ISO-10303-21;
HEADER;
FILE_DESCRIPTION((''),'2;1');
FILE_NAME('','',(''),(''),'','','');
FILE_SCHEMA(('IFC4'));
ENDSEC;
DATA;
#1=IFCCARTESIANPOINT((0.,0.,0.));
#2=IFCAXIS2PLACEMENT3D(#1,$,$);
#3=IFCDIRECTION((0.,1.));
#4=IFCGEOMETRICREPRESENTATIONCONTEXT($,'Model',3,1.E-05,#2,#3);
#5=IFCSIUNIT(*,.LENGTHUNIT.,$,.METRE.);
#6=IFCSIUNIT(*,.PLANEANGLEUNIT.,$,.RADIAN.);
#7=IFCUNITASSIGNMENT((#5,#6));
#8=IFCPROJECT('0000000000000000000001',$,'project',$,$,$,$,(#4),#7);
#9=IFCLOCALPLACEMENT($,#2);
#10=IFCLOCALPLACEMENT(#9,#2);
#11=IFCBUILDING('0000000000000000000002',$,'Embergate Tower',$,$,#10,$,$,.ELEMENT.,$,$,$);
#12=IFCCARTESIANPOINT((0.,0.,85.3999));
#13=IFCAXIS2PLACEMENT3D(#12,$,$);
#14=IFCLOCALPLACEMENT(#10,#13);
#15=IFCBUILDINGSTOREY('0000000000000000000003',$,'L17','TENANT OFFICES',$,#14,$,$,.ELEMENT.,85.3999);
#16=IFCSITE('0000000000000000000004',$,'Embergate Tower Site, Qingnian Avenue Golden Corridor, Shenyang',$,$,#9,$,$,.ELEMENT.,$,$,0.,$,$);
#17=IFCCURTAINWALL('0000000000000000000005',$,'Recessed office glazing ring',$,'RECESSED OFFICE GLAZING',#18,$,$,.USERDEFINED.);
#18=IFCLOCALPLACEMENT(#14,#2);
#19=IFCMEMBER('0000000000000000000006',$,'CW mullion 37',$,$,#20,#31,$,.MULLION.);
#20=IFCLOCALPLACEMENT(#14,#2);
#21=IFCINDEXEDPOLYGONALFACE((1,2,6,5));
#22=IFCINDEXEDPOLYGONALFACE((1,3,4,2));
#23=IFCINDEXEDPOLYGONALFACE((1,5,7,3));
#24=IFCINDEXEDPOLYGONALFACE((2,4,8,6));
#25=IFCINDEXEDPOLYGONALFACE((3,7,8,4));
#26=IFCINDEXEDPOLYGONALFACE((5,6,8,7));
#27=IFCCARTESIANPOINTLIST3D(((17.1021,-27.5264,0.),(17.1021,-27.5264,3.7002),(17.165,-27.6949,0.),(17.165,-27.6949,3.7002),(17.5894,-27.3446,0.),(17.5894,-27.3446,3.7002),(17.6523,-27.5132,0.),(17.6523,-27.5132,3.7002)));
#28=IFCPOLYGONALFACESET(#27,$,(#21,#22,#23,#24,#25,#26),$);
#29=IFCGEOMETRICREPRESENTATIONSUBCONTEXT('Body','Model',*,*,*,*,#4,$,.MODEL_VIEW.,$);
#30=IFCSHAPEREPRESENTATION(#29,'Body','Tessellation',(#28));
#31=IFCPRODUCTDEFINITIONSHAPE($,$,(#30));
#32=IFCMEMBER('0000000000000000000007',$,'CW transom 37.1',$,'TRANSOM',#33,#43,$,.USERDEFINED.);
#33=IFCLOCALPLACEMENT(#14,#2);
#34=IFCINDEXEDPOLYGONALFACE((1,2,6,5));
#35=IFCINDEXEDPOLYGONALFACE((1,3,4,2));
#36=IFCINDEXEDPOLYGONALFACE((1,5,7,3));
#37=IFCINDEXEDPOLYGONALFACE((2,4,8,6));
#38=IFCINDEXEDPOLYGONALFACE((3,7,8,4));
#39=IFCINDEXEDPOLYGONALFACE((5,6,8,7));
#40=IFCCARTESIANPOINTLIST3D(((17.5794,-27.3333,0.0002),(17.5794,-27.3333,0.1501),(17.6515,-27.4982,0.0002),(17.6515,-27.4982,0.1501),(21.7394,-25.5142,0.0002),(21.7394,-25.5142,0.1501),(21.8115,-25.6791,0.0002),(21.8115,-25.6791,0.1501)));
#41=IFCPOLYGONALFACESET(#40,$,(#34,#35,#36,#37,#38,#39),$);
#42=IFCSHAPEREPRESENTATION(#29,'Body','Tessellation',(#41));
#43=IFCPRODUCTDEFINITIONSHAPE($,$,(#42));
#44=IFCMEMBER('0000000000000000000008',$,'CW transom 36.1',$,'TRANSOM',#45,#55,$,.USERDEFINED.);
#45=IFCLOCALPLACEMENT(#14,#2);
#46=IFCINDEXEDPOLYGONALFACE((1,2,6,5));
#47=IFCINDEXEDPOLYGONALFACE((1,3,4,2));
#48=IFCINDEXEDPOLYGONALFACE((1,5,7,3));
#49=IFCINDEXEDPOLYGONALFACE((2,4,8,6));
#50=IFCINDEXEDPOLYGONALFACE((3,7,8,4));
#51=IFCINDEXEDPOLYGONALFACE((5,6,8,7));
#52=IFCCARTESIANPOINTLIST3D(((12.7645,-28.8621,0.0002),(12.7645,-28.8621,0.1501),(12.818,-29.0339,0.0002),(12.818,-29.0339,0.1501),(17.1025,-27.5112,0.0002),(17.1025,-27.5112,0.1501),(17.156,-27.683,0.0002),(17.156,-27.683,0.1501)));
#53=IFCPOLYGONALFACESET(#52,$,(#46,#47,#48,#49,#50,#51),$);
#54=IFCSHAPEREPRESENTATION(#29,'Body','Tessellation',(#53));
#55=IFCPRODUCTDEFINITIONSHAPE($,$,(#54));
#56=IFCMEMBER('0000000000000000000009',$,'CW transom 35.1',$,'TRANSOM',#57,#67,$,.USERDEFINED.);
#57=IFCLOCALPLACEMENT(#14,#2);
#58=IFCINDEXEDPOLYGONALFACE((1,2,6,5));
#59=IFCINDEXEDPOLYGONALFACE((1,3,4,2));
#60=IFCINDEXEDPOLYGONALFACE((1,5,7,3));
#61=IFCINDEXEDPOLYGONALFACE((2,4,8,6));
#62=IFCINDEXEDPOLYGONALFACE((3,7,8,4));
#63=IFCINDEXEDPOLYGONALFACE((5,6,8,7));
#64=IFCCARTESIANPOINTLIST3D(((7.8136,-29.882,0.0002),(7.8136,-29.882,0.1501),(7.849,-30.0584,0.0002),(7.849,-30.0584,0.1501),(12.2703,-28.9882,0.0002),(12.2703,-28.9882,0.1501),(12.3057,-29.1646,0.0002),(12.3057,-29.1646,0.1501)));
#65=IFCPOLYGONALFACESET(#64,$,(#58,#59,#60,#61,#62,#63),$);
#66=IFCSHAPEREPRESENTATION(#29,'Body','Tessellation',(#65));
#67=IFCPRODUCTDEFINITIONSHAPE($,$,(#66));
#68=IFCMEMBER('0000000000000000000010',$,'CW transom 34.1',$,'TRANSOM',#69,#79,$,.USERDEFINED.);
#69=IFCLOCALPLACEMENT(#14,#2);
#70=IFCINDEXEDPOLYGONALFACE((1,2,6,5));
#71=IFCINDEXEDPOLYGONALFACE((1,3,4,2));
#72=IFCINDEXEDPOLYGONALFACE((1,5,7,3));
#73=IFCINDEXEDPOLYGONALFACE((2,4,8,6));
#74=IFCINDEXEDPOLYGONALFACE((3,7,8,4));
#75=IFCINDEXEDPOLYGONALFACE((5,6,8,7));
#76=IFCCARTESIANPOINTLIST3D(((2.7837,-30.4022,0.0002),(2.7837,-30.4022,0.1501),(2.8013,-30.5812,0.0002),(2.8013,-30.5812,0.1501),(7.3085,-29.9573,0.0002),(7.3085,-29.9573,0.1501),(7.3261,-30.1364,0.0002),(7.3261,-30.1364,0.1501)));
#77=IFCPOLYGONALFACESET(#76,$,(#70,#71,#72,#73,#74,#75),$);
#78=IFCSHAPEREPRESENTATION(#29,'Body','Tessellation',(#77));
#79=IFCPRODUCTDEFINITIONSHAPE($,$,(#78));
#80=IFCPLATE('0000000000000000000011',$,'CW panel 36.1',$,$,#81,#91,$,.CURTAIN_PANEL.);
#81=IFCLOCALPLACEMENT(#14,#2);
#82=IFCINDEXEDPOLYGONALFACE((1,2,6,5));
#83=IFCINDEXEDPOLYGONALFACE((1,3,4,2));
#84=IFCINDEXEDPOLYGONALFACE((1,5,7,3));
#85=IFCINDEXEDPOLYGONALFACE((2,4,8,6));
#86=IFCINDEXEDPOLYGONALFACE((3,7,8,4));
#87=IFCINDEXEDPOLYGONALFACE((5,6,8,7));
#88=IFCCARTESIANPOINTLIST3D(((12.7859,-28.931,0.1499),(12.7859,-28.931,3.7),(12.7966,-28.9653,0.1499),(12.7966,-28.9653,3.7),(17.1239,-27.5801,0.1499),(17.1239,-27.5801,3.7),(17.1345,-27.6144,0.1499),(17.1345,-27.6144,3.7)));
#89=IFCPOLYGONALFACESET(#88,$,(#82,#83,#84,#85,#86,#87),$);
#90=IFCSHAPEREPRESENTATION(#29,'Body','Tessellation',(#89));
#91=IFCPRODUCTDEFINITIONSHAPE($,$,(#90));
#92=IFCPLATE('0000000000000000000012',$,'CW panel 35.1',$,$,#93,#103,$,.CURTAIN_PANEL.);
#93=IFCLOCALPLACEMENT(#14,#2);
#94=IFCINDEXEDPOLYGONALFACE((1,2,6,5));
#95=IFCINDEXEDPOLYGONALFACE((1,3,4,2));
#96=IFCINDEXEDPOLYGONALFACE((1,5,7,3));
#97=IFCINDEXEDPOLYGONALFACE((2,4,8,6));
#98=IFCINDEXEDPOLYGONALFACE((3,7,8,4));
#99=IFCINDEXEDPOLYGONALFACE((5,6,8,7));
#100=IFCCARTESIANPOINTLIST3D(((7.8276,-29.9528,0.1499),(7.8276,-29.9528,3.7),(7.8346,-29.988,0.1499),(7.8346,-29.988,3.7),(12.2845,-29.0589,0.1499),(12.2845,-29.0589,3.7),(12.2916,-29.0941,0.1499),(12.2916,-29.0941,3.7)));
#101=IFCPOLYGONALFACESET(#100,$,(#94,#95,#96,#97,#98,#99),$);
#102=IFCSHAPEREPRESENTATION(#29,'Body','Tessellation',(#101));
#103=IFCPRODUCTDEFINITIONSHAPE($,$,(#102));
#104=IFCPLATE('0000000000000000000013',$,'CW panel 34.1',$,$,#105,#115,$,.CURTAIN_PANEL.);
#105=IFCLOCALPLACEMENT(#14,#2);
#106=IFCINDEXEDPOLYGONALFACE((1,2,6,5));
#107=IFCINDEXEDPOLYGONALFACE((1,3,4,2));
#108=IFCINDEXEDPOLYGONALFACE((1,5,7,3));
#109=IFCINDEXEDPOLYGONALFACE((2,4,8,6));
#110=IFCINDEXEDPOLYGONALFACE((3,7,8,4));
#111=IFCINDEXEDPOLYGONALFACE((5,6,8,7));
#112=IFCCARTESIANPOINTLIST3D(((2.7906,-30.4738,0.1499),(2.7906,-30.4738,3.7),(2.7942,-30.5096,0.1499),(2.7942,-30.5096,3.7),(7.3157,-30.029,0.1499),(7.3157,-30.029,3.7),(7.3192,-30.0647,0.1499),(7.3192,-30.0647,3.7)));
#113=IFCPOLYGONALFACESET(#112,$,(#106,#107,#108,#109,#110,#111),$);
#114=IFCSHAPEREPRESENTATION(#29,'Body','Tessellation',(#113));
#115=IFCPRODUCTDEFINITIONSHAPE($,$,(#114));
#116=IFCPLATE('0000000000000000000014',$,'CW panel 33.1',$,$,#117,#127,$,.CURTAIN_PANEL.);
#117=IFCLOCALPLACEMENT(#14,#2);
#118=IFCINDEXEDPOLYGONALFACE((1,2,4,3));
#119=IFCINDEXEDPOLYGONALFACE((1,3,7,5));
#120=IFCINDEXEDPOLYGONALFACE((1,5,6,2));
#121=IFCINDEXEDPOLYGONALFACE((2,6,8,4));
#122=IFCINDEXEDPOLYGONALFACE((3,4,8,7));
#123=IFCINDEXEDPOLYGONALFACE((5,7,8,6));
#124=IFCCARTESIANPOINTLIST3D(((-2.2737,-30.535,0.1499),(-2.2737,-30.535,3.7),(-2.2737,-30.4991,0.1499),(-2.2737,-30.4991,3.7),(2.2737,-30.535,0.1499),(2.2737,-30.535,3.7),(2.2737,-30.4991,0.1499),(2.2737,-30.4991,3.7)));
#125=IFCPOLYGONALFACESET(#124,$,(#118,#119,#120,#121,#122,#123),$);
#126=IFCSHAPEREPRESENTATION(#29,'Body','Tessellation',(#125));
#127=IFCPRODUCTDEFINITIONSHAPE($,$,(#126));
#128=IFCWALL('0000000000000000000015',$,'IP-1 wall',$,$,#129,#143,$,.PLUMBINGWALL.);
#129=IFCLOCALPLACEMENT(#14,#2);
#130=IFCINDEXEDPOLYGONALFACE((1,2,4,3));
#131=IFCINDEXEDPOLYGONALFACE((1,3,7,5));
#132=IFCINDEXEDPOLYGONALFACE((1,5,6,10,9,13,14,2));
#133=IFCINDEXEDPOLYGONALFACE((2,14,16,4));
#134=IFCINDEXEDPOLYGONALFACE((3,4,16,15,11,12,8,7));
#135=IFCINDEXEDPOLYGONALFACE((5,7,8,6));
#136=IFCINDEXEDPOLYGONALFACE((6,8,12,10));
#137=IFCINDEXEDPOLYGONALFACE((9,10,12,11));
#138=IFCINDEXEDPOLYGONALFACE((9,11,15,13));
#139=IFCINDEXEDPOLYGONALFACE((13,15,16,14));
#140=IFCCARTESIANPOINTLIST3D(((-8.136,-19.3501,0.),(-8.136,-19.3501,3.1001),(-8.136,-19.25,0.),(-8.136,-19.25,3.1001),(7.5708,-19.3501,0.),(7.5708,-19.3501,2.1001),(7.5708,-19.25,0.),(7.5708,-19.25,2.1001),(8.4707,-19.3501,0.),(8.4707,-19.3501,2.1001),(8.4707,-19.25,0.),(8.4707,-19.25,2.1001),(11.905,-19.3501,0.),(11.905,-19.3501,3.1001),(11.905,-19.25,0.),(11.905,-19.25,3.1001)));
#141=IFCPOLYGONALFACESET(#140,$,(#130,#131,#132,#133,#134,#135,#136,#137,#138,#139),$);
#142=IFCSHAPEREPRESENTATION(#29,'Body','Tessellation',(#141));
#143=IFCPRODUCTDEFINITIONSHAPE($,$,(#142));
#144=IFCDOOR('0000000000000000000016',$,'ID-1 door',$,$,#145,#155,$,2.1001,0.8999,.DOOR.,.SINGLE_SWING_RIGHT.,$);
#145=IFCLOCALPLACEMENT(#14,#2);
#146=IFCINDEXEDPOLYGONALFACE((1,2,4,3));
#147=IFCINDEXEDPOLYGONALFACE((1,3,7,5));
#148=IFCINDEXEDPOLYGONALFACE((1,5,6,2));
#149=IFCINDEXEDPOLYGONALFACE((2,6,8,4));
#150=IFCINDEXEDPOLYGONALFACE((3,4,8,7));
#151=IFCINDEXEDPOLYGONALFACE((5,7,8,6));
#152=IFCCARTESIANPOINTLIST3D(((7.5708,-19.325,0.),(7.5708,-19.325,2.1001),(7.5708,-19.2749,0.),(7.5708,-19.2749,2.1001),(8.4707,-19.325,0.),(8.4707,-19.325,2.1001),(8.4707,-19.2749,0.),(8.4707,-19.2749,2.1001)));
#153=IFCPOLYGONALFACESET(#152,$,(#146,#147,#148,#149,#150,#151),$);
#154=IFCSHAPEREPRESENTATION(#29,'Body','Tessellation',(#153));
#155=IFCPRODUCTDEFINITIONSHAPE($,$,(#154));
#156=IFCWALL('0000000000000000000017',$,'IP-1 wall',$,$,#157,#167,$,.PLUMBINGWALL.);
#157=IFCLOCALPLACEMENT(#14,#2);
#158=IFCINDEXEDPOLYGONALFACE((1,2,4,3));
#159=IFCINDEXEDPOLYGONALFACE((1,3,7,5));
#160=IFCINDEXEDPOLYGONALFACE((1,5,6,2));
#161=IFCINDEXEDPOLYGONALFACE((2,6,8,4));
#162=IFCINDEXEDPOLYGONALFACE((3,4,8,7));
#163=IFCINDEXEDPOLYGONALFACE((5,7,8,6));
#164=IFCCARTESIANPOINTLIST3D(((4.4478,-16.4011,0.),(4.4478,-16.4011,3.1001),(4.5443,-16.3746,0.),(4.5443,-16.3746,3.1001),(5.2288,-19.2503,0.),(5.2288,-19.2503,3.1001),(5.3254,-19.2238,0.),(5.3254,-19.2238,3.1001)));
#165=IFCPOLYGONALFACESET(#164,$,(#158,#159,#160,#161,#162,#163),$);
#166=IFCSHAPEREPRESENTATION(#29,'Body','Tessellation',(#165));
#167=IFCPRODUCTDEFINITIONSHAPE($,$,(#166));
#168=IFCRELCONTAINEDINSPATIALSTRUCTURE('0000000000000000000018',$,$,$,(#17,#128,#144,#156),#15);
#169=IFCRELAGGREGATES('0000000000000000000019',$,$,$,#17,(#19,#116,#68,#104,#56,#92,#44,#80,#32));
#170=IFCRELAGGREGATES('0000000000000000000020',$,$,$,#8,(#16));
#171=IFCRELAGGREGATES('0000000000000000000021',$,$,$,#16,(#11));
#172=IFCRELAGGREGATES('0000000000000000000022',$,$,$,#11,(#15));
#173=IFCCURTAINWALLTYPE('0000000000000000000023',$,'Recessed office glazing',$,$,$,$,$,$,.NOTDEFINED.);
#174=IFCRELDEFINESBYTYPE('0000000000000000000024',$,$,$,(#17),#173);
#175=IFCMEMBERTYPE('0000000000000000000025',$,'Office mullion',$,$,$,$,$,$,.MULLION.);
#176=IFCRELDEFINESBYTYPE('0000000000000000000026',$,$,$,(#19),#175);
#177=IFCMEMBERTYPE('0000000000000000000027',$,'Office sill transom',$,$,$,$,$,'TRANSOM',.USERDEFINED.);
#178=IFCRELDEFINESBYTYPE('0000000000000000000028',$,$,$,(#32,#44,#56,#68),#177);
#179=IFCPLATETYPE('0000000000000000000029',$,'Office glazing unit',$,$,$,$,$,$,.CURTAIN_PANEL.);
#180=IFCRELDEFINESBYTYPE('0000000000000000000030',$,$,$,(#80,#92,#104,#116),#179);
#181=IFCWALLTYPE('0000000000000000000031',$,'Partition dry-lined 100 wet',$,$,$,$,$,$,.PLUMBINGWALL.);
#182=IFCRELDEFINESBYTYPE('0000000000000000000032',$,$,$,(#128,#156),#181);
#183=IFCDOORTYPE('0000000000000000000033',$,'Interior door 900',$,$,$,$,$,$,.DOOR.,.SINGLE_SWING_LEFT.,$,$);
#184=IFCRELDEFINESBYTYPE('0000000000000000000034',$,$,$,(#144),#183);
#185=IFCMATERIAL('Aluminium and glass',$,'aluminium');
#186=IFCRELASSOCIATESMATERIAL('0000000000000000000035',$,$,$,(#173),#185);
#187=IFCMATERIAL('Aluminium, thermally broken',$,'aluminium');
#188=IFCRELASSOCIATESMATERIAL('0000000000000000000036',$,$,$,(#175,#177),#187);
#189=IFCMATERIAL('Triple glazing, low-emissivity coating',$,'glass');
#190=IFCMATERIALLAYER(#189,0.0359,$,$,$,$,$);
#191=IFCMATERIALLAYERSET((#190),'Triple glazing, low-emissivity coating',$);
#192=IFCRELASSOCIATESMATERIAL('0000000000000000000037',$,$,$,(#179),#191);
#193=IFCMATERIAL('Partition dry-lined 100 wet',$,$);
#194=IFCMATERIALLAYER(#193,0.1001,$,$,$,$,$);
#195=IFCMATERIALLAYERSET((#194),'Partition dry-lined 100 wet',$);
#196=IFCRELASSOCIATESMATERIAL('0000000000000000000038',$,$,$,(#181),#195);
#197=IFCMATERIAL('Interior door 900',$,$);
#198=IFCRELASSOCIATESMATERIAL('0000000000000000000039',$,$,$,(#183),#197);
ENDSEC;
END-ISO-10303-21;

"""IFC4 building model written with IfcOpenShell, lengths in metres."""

from ifc_helpers import new_model, si_unit, direction, frame, frame_2d, origin, origin_2d, place, context, subcontext, project, spatial, rectangle, extrude, source, transform, mapped, material, layer, layer_set, material_profile, profile_set, type_object, element, fill, aggregate, save


model = new_model("IFC4")

# Units and contexts
model_context = context("Model", 3, precision=1e-05, world=origin(), true_north=direction((0.0, 1.0)))
body_context = subcontext(model_context, "Body", "Model", "MODEL_VIEW")
ifc_project = project(units=[si_unit("LENGTHUNIT", "METRE"), si_unit("PLANEANGLEUNIT", "RADIAN")], contexts=[model_context])

# Site, building, storey
site_placement = place(None, origin())
site = spatial("IfcSite", under=ifc_project, at=site_placement, Name="Embergate Tower Site, Qingnian Avenue Golden Corridor, Shenyang", CompositionType="ELEMENT", RefElevation=0.0)
building_placement = place(site_placement, origin())
building = spatial("IfcBuilding", under=site, at=building_placement, Name="Embergate Tower", CompositionType="ELEMENT")
storey_placement = place(building_placement, frame((0.0, 0.0, 85.3999)))
storey = spatial("IfcBuildingStorey", under=building, at=storey_placement, Name="L17", Description="TENANT OFFICES", CompositionType="ELEMENT", Elevation=85.3999)

# Curtain wall, members
ifc_material_1 = material(Name="Aluminium and glass", Category="aluminium")
curtain_wall_type = type_object("IfcCurtainWallType", Name="Recessed office glazing", PredefinedType="NOTDEFINED", material=ifc_material_1)
curtain_wall_placement = place(storey_placement, origin())
curtain_wall = element("IfcCurtainWall", 1, at=curtain_wall_placement, inside=storey, type_object=curtain_wall_type, Name="Recessed office glazing ring", ObjectType="RECESSED OFFICE GLAZING", PredefinedType="USERDEFINED")
ifc_material_2 = material(Name="Aluminium, thermally broken", Category="aluminium")
ifc_material_profile_1 = material_profile(ifc_material_2, rectangle(XDim=0.1799, YDim=0.52, at=origin_2d()), Name="AL 520x180")
ifc_profile_set_1 = profile_set([ifc_material_profile_1], Name="Aluminium, thermally broken")
member_type_1 = type_object("IfcMemberType", Name="Office mullion", PredefinedType="MULLION", material=ifc_profile_set_1)
shared_shape_1 = source(origin(), body_context, "Body", "SweptSolid", [
    extrude(rectangle(XDim=0.1799, YDim=0.52, at=origin_2d()), origin(), (0.0, 0.0, 1.0), 3.7002),
])
member_1_placement = place(storey_placement, frame((17.3772, -27.5198, 0.0), z_axis=(0.0, 0.0, 1.0), x_axis=(-0.349503, 0.936935, 0.0)))
member_1 = element("IfcMember", 2, at=member_1_placement, type_object=member_type_1, Name="CW mullion 37", PredefinedType="MULLION", context=body_context, shape_type="MappedRepresentation", body=[
    mapped(shared_shape_1, transform((0.0, 0.0, 0.0))),
])
ifc_material_profile_2 = material_profile(ifc_material_2, rectangle(XDim=0.1799, YDim=0.1499, at=origin_2d()), Name="AL 150x180")
ifc_profile_set_2 = profile_set([ifc_material_profile_2], Name="Aluminium, thermally broken")
member_type_2 = type_object("IfcMemberType", Name="Office sill transom", ElementType="TRANSOM", PredefinedType="USERDEFINED", material=ifc_profile_set_2)
shared_shape_2 = source(origin(), body_context, "Body", "SweptSolid", [
    extrude(rectangle(XDim=0.1799, YDim=0.1499, at=origin_2d()), origin(), (0.0, 0.0, 1.0), 4.5403),
])
member_2_placement = place(storey_placement, frame((17.6155, -27.4158, 0.0752), z_axis=(0.916228, 0.400658, 0.0), x_axis=(-0.400658, 0.916228, 0.0)))
member_2 = element("IfcMember", 3, at=member_2_placement, type_object=member_type_2, Name="CW transom 37.1", ObjectType="TRANSOM", PredefinedType="USERDEFINED", context=body_context, shape_type="MappedRepresentation", body=[
    mapped(shared_shape_2, transform((0.0, 0.0, 0.0))),
])
shared_shape_3 = source(origin(), body_context, "Body", "SweptSolid", [
    extrude(rectangle(XDim=0.1799, YDim=0.1499, at=origin_2d()), origin(), (0.0, 0.0, 1.0), 4.5435),
])
member_3_placement = place(storey_placement, frame((12.7913, -28.948, 0.0752), z_axis=(0.954778, 0.29732, 0.0), x_axis=(-0.29732, 0.954778, 0.0)))
member_3 = element("IfcMember", 4, at=member_3_placement, type_object=member_type_2, Name="CW transom 36.1", ObjectType="TRANSOM", PredefinedType="USERDEFINED", context=body_context, shape_type="MappedRepresentation", body=[
    mapped(shared_shape_3, transform((0.0, 0.0, 0.0))),
])
shared_shape_4 = source(origin(), body_context, "Body", "SweptSolid", [
    extrude(rectangle(XDim=0.1799, YDim=0.1499, at=origin_2d()), origin(), (0.0, 0.0, 1.0), 4.5454),
])
member_4_placement = place(storey_placement, frame((7.8313, -29.9702, 0.0752), z_axis=(0.980477, 0.196633, 0.0), x_axis=(-0.196633, 0.980477, 0.0)))
member_4 = element("IfcMember", 5, at=member_4_placement, type_object=member_type_2, Name="CW transom 35.1", ObjectType="TRANSOM", PredefinedType="USERDEFINED", context=body_context, shape_type="MappedRepresentation", body=[
    mapped(shared_shape_4, transform((0.0, 0.0, 0.0))),
])
shared_shape_5 = source(origin(), body_context, "Body", "SweptSolid", [
    extrude(rectangle(XDim=0.1799, YDim=0.1499, at=origin_2d()), origin(), (0.0, 0.0, 1.0), 4.5466),
])
member_5_placement = place(storey_placement, frame((2.7925, -30.4917, 0.0752), z_axis=(0.995203, 0.097834, 0.0), x_axis=(-0.097834, 0.995203, 0.0)))
member_5 = element("IfcMember", 6, at=member_5_placement, type_object=member_type_2, Name="CW transom 34.1", ObjectType="TRANSOM", PredefinedType="USERDEFINED", context=body_context, shape_type="MappedRepresentation", body=[
    mapped(shared_shape_5, transform((0.0, 0.0, 0.0))),
])

# Plates
ifc_material_3 = material(Name="Triple glazing, low-emissivity coating", Category="glass")
ifc_layer_1 = layer(ifc_material_3, 0.0359)
ifc_layer_set_1 = layer_set([ifc_layer_1], Name="Triple glazing, low-emissivity coating")
plate_type = type_object("IfcPlateType", Name="Office glazing unit", PredefinedType="CURTAIN_PANEL", material=ifc_layer_set_1)
shared_shape_6 = source(origin(), body_context, "Body", "SweptSolid", [
    extrude(rectangle(XDim=4.5435, YDim=0.0359, at=origin_2d()), origin(), (0.0, 0.0, 1.0), 3.55),
])
plate_1_placement = place(storey_placement, frame((14.9602, -28.2727, 0.1499), z_axis=(0.0, 0.0, 1.0), x_axis=(0.954772, 0.297338, 0.0)))
plate_1 = element("IfcPlate", 7, at=plate_1_placement, type_object=plate_type, Name="CW panel 36.1", PredefinedType="CURTAIN_PANEL", context=body_context, shape_type="MappedRepresentation", body=[
    mapped(shared_shape_6, transform((0.0, 0.0, 0.0))),
])
shared_shape_7 = source(origin(), body_context, "Body", "SweptSolid", [
    extrude(rectangle(XDim=4.5457, YDim=0.0359, at=origin_2d()), origin(), (0.0, 0.0, 1.0), 3.55),
])
plate_2_placement = place(storey_placement, frame((10.0596, -29.5234, 0.1499), z_axis=(0.0, 0.0, 1.0), x_axis=(0.980476, 0.196639, 0.0)))
plate_2 = element("IfcPlate", 8, at=plate_2_placement, type_object=plate_type, Name="CW panel 35.1", PredefinedType="CURTAIN_PANEL", context=body_context, shape_type="MappedRepresentation", body=[
    mapped(shared_shape_7, transform((0.0, 0.0, 0.0))),
])
shared_shape_8 = source(origin(), body_context, "Body", "SweptSolid", [
    extrude(rectangle(XDim=4.5469, YDim=0.0359, at=origin_2d()), origin(), (0.0, 0.0, 1.0), 3.55),
])
plate_3_placement = place(storey_placement, frame((5.0549, -30.2693, 0.1499), z_axis=(0.0, 0.0, 1.0), x_axis=(0.995203, 0.09783, 0.0)))
plate_3 = element("IfcPlate", 9, at=plate_3_placement, type_object=plate_type, Name="CW panel 34.1", PredefinedType="CURTAIN_PANEL", context=body_context, shape_type="MappedRepresentation", body=[
    mapped(shared_shape_8, transform((0.0, 0.0, 0.0))),
])
shared_shape_9 = source(origin(), body_context, "Body", "SweptSolid", [
    extrude(rectangle(XDim=4.5474, YDim=0.0359, at=origin_2d()), origin(), (0.0, 0.0, 1.0), 3.55),
])
plate_4_placement = place(storey_placement, frame((0.0, -30.5171, 0.1499), z_axis=(0.0, 0.0, 1.0), x_axis=(1.0, 0.0, 0.0)))
plate_4 = element("IfcPlate", 10, at=plate_4_placement, type_object=plate_type, Name="CW panel 33.1", PredefinedType="CURTAIN_PANEL", context=body_context, shape_type="MappedRepresentation", body=[
    mapped(shared_shape_9, transform((0.0, 0.0, 0.0))),
])
aggregate(curtain_wall, [member_1, plate_4, member_5, plate_3, member_4, plate_2, member_3, plate_1, member_2])

# Wall, opening, door
ifc_material_4 = material(Name="Partition dry-lined 100 wet")
ifc_layer_2 = layer(ifc_material_4, 0.1001)
ifc_layer_set_2 = layer_set([ifc_layer_2], Name="Partition dry-lined 100 wet")
wall_type_1 = type_object("IfcWallType", Name="Partition dry-lined 100 wet", PredefinedType="PLUMBINGWALL", material=ifc_layer_set_2)
shared_shape_10 = source(origin(), body_context, "Body", "SweptSolid", [
    extrude(rectangle(XDim=20.041, YDim=0.1001, at=frame_2d((10.0205, 0.0))), origin(), (0.0, 0.0, 1.0), 3.1001),
])
wall_1_placement = place(storey_placement, frame((11.905, -19.3, 0.0), z_axis=(0.0, 0.0, 1.0), x_axis=(-1.0, 0.0, 0.0)))
wall_1 = element("IfcWall", 11, at=wall_1_placement, inside=storey, type_object=wall_type_1, Name="IP-1 wall", PredefinedType="PLUMBINGWALL", context=body_context, shape_type="MappedRepresentation", body=[
    mapped(shared_shape_10, transform((0.0, 0.0, 0.0))),
])
shared_shape_11 = source(origin(), body_context, "Body", "SweptSolid", [
    extrude(rectangle(XDim=0.8999, YDim=2.1001, at=frame_2d((0.45, 1.05))), frame((0.0, 0.0601, 0.0), z_axis=(0.0, -1.0, 0.0), x_axis=(1.0, 0.0, 0.0)), (0.0, 0.0, 1.0), 0.1201),
])
opening_placement = place(wall_1_placement, frame((3.4343, 0.0, 0.0)))
opening = element("IfcOpeningElement", 12, at=opening_placement, cuts=wall_1, PredefinedType="OPENING", context=body_context, shape_type="MappedRepresentation", body=[
    mapped(shared_shape_11, transform((0.0, 0.0, 0.0))),
])
ifc_material_5 = material(Name="Interior door 900")
door_type = type_object("IfcDoorType", Name="Interior door 900", OperationType="SINGLE_SWING_LEFT", PredefinedType="DOOR", material=ifc_material_5)
shared_shape_12 = source(origin(), body_context, "Body", "SweptSolid", [
    extrude(rectangle(XDim=0.8999, YDim=2.1001, at=frame_2d((0.45, 1.05))), frame((0.0, 0.0249, 0.0), z_axis=(0.0, -1.0, 0.0), x_axis=(1.0, 0.0, 0.0)), (0.0, 0.0, 1.0), 0.05),
])
door_placement = place(opening_placement, origin())
door = element("IfcDoor", 13, at=door_placement, inside=storey, type_object=door_type, Name="ID-1 door", OperationType="SINGLE_SWING_RIGHT", OverallHeight=2.1001, OverallWidth=0.8999, PredefinedType="DOOR", context=body_context, shape_type="MappedRepresentation", body=[
    mapped(shared_shape_12, transform((0.0, 0.0, 0.0))),
])
fill(opening, door)

# Wall
shared_shape_13 = source(origin(), body_context, "Body", "SweptSolid", [
    extrude(rectangle(XDim=2.9543, YDim=0.1001, at=frame_2d((1.4771, 0.0))), origin(), (0.0, 0.0, 1.0), 3.1001),
])
wall_2_placement = place(storey_placement, frame((4.4961, -16.3879, 0.0), z_axis=(0.0, 0.0, 1.0), x_axis=(0.264369, -0.964422, 0.0)))
element("IfcWall", 14, at=wall_2_placement, inside=storey, type_object=wall_type_1, Name="IP-1 wall", PredefinedType="PLUMBINGWALL", context=body_context, shape_type="MappedRepresentation", body=[
    mapped(shared_shape_13, transform((0.0, 0.0, 0.0))),
])

save(model, "model.ifc")
